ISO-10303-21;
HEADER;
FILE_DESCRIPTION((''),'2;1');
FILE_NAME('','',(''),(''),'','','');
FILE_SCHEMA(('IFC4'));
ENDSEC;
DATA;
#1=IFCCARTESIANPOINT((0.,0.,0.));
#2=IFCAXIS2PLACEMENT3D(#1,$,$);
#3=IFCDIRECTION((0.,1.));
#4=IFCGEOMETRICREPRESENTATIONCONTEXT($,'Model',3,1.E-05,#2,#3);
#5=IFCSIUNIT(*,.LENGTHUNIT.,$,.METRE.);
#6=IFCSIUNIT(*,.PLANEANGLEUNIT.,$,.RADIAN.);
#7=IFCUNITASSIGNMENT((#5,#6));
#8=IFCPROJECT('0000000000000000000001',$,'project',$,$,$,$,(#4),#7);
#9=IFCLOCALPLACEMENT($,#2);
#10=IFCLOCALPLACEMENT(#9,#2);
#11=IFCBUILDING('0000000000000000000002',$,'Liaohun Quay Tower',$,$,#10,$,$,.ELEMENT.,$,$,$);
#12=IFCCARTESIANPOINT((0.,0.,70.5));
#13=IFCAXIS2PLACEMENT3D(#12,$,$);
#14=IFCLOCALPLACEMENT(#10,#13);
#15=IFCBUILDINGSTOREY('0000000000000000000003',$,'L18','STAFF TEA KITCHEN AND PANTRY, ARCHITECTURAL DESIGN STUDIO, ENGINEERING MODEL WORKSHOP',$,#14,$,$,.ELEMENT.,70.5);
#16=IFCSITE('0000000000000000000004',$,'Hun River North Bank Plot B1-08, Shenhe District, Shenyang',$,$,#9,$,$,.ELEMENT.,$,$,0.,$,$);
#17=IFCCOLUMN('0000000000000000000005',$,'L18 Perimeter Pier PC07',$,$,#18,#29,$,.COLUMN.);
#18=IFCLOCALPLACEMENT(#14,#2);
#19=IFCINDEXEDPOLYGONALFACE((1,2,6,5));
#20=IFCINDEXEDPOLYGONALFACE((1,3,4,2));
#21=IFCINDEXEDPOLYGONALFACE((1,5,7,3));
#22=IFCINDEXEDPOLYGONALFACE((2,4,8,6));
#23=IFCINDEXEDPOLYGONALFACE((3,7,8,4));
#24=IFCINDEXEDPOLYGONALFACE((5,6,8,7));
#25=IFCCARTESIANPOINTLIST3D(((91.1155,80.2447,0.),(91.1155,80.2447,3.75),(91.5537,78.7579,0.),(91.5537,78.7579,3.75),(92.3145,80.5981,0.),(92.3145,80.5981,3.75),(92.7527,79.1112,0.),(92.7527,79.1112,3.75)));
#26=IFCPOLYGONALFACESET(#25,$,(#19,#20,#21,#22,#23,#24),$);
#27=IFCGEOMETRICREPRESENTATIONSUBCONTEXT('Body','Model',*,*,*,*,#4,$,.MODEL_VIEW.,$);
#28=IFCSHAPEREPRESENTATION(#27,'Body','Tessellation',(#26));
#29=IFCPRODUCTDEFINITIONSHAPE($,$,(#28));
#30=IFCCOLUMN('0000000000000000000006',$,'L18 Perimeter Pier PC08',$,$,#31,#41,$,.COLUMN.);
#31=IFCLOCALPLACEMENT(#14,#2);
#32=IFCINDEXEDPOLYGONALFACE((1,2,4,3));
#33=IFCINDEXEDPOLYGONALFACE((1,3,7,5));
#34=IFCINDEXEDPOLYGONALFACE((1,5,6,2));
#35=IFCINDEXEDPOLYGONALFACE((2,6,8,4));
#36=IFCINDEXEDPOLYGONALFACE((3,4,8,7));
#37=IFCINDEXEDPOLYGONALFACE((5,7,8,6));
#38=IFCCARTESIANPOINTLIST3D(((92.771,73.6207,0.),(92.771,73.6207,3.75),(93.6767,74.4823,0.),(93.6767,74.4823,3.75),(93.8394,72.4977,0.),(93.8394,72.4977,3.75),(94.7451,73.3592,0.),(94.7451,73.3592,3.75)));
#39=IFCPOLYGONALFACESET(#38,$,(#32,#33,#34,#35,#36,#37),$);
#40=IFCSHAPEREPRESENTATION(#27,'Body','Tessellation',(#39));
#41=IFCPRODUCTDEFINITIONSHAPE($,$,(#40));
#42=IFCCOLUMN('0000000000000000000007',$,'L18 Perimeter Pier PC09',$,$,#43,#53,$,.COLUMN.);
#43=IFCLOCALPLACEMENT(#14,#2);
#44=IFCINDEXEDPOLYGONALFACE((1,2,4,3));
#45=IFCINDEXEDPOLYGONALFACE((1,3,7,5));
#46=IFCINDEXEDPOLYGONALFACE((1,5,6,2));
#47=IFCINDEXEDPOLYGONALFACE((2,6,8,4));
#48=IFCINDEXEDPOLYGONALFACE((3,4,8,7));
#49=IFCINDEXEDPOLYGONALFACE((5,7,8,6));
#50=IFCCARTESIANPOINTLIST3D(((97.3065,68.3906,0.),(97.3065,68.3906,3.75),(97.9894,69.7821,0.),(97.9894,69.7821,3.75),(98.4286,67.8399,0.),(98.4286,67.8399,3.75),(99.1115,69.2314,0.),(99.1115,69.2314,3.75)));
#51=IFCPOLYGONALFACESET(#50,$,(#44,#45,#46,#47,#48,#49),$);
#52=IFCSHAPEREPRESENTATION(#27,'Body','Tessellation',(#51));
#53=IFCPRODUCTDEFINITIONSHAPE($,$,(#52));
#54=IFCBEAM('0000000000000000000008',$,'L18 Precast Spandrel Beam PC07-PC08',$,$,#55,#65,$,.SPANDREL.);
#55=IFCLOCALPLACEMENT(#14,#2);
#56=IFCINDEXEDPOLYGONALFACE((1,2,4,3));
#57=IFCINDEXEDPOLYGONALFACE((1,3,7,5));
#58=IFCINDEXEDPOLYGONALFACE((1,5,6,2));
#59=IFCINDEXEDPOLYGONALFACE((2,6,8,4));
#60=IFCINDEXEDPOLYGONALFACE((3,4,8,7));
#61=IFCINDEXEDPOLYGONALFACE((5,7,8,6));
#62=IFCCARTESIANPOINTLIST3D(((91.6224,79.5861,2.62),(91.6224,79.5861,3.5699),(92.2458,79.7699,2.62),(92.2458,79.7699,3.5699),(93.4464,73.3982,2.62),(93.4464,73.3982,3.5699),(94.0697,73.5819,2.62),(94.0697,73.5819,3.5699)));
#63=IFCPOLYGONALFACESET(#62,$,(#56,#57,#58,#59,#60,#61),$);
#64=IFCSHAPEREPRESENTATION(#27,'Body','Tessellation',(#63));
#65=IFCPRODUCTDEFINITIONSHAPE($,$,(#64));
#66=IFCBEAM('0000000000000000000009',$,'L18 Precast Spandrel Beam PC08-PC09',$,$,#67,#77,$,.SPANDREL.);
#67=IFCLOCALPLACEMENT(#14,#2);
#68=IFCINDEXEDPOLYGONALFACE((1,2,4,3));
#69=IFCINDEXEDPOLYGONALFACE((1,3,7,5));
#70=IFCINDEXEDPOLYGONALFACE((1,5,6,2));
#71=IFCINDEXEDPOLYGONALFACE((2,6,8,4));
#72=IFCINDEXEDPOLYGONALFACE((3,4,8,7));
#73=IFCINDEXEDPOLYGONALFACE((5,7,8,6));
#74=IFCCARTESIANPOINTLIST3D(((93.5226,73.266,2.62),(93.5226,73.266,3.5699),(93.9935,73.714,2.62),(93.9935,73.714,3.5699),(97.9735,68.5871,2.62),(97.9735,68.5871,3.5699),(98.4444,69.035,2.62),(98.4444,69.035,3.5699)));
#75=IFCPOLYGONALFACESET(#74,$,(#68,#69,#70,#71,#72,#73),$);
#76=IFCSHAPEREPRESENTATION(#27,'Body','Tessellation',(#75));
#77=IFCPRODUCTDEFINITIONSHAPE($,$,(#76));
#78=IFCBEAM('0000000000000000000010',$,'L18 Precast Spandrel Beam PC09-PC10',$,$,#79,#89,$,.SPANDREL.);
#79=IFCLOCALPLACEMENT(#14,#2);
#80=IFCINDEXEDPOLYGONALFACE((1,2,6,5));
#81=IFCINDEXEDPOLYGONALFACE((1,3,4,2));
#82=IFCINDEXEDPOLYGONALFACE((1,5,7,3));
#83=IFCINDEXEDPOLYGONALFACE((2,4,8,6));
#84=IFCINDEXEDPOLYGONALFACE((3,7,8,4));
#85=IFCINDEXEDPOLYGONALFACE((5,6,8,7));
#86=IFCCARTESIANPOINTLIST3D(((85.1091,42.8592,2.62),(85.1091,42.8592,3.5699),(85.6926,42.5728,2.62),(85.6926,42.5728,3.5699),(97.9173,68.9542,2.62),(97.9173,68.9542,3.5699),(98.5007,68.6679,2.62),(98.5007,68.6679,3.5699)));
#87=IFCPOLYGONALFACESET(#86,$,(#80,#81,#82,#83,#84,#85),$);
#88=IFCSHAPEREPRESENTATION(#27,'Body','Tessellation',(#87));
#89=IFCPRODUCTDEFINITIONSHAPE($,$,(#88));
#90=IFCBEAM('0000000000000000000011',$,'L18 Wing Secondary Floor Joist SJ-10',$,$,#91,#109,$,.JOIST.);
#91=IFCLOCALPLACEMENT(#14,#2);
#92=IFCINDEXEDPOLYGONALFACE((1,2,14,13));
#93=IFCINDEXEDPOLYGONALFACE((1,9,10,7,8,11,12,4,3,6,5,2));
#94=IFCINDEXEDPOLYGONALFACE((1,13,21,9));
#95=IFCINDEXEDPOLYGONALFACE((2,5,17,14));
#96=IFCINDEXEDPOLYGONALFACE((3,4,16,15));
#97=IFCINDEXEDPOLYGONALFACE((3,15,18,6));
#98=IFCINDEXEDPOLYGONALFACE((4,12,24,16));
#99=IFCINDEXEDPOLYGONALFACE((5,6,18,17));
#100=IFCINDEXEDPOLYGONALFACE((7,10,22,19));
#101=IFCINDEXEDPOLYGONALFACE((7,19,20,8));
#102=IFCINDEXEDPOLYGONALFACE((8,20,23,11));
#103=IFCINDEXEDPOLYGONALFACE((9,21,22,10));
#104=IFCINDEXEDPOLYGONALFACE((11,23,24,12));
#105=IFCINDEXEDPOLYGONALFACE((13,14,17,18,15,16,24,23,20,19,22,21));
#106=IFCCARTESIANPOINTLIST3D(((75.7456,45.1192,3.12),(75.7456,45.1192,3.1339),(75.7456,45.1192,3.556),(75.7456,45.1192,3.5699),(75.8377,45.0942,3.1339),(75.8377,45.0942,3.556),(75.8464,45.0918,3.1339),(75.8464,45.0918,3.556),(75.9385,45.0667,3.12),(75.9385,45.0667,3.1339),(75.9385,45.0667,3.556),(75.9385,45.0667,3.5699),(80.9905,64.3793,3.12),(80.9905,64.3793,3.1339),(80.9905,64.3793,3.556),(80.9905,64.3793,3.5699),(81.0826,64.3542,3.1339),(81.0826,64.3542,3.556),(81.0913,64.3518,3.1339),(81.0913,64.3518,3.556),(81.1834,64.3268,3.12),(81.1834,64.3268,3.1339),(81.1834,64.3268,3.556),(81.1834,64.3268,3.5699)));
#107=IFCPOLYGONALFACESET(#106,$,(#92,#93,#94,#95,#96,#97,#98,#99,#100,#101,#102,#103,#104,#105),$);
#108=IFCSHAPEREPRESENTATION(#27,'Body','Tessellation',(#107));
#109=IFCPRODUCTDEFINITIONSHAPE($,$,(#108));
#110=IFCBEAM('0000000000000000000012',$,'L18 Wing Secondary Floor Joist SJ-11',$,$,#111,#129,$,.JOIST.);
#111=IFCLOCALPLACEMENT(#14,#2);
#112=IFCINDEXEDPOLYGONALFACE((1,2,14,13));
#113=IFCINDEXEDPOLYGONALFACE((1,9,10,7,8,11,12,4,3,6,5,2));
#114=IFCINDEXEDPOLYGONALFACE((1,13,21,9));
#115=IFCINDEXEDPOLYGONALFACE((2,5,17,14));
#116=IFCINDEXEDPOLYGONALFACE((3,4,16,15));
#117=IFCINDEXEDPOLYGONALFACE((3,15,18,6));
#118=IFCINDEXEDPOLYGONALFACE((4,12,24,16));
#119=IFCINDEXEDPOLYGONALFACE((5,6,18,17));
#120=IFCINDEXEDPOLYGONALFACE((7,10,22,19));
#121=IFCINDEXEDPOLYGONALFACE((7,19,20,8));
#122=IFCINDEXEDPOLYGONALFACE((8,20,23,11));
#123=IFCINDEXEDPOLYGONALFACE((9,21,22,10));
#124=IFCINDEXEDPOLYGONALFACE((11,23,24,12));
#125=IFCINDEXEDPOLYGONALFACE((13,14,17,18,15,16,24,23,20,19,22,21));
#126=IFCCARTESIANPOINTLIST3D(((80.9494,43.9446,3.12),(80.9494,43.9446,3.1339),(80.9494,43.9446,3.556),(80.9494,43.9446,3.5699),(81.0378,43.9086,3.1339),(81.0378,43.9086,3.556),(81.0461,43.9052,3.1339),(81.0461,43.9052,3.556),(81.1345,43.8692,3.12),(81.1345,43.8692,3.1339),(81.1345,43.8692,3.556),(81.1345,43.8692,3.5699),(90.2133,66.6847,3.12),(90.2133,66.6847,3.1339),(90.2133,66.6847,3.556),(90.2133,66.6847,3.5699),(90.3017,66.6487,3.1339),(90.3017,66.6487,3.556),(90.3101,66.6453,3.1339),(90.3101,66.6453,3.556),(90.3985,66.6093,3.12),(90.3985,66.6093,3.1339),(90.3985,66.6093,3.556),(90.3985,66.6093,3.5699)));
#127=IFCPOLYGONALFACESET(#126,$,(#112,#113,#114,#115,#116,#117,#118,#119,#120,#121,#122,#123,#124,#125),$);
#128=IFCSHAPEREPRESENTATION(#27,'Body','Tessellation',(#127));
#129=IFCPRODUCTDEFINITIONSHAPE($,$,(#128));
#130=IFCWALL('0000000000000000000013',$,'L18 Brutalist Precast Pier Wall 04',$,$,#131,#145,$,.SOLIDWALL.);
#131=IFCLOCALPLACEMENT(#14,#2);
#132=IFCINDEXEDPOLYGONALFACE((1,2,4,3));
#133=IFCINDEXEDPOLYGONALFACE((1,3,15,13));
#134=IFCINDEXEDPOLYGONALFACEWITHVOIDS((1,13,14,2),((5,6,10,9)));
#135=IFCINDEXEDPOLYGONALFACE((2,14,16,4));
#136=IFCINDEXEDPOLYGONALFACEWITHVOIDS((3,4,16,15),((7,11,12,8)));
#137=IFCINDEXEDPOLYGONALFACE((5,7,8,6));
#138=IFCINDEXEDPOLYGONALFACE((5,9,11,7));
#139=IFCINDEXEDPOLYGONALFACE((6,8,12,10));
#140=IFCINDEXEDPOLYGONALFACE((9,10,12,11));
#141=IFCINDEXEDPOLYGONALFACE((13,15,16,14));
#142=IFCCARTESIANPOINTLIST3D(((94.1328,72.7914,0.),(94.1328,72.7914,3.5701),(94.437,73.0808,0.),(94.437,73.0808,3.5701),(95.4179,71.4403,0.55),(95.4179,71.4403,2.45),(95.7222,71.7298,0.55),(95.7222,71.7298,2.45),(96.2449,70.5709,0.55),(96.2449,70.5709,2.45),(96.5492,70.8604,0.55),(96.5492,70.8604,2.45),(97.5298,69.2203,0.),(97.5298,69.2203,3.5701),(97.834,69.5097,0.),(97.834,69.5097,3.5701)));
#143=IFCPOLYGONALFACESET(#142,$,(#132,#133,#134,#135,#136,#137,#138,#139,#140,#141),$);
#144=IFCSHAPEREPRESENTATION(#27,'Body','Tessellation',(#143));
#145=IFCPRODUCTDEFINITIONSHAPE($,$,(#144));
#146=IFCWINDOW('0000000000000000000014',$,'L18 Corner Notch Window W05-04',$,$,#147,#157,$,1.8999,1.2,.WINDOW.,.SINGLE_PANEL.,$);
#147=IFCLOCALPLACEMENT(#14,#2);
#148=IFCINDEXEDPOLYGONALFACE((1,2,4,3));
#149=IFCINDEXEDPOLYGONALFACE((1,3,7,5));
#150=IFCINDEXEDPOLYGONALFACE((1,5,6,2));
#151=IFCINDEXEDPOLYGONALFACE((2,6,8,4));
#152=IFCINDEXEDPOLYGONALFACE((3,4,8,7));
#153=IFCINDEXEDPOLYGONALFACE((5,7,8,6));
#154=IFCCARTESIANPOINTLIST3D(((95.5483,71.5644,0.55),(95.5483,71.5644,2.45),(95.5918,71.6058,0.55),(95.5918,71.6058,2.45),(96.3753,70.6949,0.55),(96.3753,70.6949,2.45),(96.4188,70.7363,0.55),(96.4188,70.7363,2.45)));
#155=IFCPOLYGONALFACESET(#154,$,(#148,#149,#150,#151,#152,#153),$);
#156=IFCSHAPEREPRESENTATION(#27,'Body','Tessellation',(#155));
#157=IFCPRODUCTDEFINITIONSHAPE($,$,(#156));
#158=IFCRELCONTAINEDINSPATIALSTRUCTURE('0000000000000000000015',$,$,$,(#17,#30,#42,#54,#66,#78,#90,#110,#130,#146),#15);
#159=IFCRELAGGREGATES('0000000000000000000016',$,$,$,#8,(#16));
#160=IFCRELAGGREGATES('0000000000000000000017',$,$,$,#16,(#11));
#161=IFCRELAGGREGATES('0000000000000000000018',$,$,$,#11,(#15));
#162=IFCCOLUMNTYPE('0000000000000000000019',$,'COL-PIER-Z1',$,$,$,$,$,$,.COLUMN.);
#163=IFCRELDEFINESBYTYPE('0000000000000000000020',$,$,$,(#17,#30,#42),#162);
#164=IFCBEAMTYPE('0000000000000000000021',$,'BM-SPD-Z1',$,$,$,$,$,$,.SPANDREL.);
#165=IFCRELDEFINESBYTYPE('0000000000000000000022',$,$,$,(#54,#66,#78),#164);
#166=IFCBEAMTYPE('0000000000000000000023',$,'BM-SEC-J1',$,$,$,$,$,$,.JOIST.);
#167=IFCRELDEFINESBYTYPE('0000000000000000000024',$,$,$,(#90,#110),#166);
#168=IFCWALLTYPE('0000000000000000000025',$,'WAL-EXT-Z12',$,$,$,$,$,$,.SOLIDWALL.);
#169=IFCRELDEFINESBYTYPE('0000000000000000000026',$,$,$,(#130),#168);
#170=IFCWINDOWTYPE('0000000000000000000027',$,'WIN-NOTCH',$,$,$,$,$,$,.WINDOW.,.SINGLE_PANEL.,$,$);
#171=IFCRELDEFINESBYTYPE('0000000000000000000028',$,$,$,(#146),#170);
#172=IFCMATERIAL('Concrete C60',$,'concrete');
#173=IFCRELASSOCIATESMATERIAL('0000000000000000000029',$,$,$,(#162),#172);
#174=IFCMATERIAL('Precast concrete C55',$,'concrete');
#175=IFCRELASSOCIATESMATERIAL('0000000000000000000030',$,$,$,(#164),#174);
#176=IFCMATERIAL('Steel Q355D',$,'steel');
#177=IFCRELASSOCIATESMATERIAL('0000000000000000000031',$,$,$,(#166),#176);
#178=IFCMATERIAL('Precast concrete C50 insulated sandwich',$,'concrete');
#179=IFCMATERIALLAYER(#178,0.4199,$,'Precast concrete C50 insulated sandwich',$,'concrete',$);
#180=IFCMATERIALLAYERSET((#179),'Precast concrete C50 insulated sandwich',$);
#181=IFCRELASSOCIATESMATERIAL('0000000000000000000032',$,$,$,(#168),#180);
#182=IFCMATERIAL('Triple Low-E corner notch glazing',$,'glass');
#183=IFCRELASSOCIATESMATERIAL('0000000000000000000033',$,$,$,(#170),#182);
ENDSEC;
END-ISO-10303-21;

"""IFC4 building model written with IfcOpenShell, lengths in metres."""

from ifc_helpers import new_model, si_unit, direction, frame, frame_2d, origin, origin_2d, place, context, subcontext, project, spatial, rectangle, i_section, extrude, source, transform, mapped, material, layer, layer_set, material_profile, profile_set, type_object, element, fill, save


model = new_model("IFC4")

# Units and contexts
model_context = context("Model", 3, precision=1e-05, world=origin(), true_north=direction((0.0, 1.0)))
body_context = subcontext(model_context, "Body", "Model", "MODEL_VIEW")
ifc_project = project(units=[si_unit("LENGTHUNIT", "METRE"), si_unit("PLANEANGLEUNIT", "RADIAN")], contexts=[model_context])

# Site, building, storey
site_placement = place(None, origin())
site = spatial("IfcSite", under=ifc_project, at=site_placement, Name="Hun River North Bank Plot B1-08, Shenhe District, Shenyang", CompositionType="ELEMENT", RefElevation=0.0)
building_placement = place(site_placement, origin())
building = spatial("IfcBuilding", under=site, at=building_placement, Name="Liaohun Quay Tower", CompositionType="ELEMENT")
storey_placement = place(building_placement, frame((0.0, 0.0, 70.5)))
storey = spatial("IfcBuildingStorey", under=building, at=storey_placement, Name="L18", Description="STAFF TEA KITCHEN AND PANTRY, ARCHITECTURAL DESIGN STUDIO, ENGINEERING MODEL WORKSHOP", CompositionType="ELEMENT", Elevation=70.5)

# Columns
ifc_material_1 = material(Name="Concrete C60", Category="concrete")
ifc_material_profile_1 = material_profile(ifc_material_1, rectangle(XDim=1.55, YDim=1.25, at=origin_2d()), Name="RC1550x1250")
ifc_profile_set_1 = profile_set([ifc_material_profile_1], Name="Concrete C60")
column_type = type_object("IfcColumnType", Name="COL-PIER-Z1", PredefinedType="COLUMN", material=ifc_profile_set_1)
shared_shape_1 = source(origin(), body_context, "Body", "SweptSolid", [
    extrude(rectangle(XDim=1.55, YDim=1.25, at=origin_2d()), origin(), (0.0, 0.0, 1.0), 3.75),
])
for number, where, z_axis, x_axis, name in (
    (1, (91.9341, 79.678, 0.0), (0.0, 0.0, 1.0), (-0.282676, 0.959215, 0.0), "L18 Perimeter Pier PC07"),
    (2, (93.7581, 73.49, 0.0), (0.0, 0.0, 1.0), (-0.68924, 0.724533, 0.0), "L18 Perimeter Pier PC08"),
    (3, (98.209, 68.811, 0.0), (0.0, 0.0, 1.0), (0.440566, 0.89772, 0.0), "L18 Perimeter Pier PC09"),
):
    element("IfcColumn", number, at=place(storey_placement, frame(where, z_axis=z_axis, x_axis=x_axis)), inside=storey, type_object=column_type, Name=name, PredefinedType="COLUMN", context=body_context, shape_type="MappedRepresentation", body=[
        mapped(shared_shape_1, transform((0.0, 0.0, 0.0), x_axis=(1.0, 0.0, 0.0), y_axis=(0.0, 1.0, 0.0), z_axis=(0.0, 0.0, 1.0), scale=1.0)),
    ])

# Beams
ifc_material_2 = material(Name="Precast concrete C55", Category="concrete")
ifc_material_profile_2 = material_profile(ifc_material_2, rectangle(XDim=0.6499, YDim=0.95, at=origin_2d()), Name="RC650x950")
ifc_profile_set_2 = profile_set([ifc_material_profile_2], Name="Precast concrete C55")
beam_type_1 = type_object("IfcBeamType", Name="BM-SPD-Z1", PredefinedType="SPANDREL", material=ifc_profile_set_2)
shared_shape_2 = source(origin(), body_context, "Body", "SweptSolid", [
    extrude(rectangle(XDim=0.6499, YDim=0.95, at=origin_2d()), origin(), (0.0, 0.0, 1.0), 6.4512),
])
beam_1_placement = place(storey_placement, frame((91.9341, 79.678, 3.095), z_axis=(0.282734, -0.959198, 0.0), x_axis=(0.959198, 0.282734, 0.0)))
element("IfcBeam", 4, at=beam_1_placement, inside=storey, type_object=beam_type_1, Name="L18 Precast Spandrel Beam PC07-PC08", PredefinedType="SPANDREL", context=body_context, shape_type="MappedRepresentation", body=[
    mapped(shared_shape_2, transform((0.0, 0.0, 0.0), x_axis=(1.0, 0.0, 0.0), y_axis=(0.0, 1.0, 0.0), z_axis=(0.0, 0.0, 1.0), scale=1.0)),
])
shared_shape_3 = source(origin(), body_context, "Body", "SweptSolid", [
    extrude(rectangle(XDim=0.6499, YDim=0.95, at=origin_2d()), origin(), (0.0, 0.0, 1.0), 6.4578),
])
beam_2_placement = place(storey_placement, frame((93.7581, 73.49, 3.095), z_axis=(0.689231, -0.724541, 0.0), x_axis=(0.724541, 0.689231, 0.0)))
element("IfcBeam", 5, at=beam_2_placement, inside=storey, type_object=beam_type_1, Name="L18 Precast Spandrel Beam PC08-PC09", PredefinedType="SPANDREL", context=body_context, shape_type="MappedRepresentation", body=[
    mapped(shared_shape_3, transform((0.0, 0.0, 0.0), x_axis=(1.0, 0.0, 0.0), y_axis=(0.0, 1.0, 0.0), z_axis=(0.0, 0.0, 1.0), scale=1.0)),
])
shared_shape_4 = source(origin(), body_context, "Body", "SweptSolid", [
    extrude(rectangle(XDim=0.6499, YDim=0.95, at=origin_2d()), origin(), (0.0, 0.0, 1.0), 29.0688),
])
beam_3_placement = place(storey_placement, frame((98.209, 68.811, 3.095), z_axis=(-0.440614, -0.897697, 0.0), x_axis=(0.897697, -0.440614, 0.0)))
element("IfcBeam", 6, at=beam_3_placement, inside=storey, type_object=beam_type_1, Name="L18 Precast Spandrel Beam PC09-PC10", PredefinedType="SPANDREL", context=body_context, shape_type="MappedRepresentation", body=[
    mapped(shared_shape_4, transform((0.0, 0.0, 0.0), x_axis=(1.0, 0.0, 0.0), y_axis=(0.0, 1.0, 0.0), z_axis=(0.0, 0.0, 1.0), scale=1.0)),
])
ifc_material_3 = material(Name="Steel Q355D", Category="steel")
ifc_material_profile_3 = material_profile(ifc_material_3, i_section(OverallWidth=0.2, OverallDepth=0.45, WebThickness=0.009, FlangeThickness=0.0139, at=origin_2d()), Name="HN450x200x9x14")
ifc_profile_set_3 = profile_set([ifc_material_profile_3], Name="Steel Q355D")
beam_type_2 = type_object("IfcBeamType", Name="BM-SEC-J1", PredefinedType="JOIST", material=ifc_profile_set_3)
shared_shape_5 = source(origin(), body_context, "Body", "SweptSolid", [
    extrude(i_section(OverallWidth=0.2, OverallDepth=0.45, WebThickness=0.009, FlangeThickness=0.0139, at=origin_2d()), origin(), (0.0, 0.0, 1.0), 19.9614),
])
beam_4_placement = place(storey_placement, frame((81.0869, 64.353, 3.345), z_axis=(-0.262751, -0.964864, 0.0), x_axis=(0.964864, -0.262751, 0.0)))
element("IfcBeam", 7, at=beam_4_placement, inside=storey, type_object=beam_type_2, Name="L18 Wing Secondary Floor Joist SJ-10", PredefinedType="JOIST", context=body_context, shape_type="MappedRepresentation", body=[
    mapped(shared_shape_5, transform((0.0, 0.0, 0.0), x_axis=(1.0, 0.0, 0.0), y_axis=(0.0, 1.0, 0.0), z_axis=(0.0, 0.0, 1.0), scale=1.0)),
])
shared_shape_6 = source(origin(), body_context, "Body", "SweptSolid", [
    extrude(i_section(OverallWidth=0.2, OverallDepth=0.45, WebThickness=0.009, FlangeThickness=0.0139, at=origin_2d()), origin(), (0.0, 0.0, 1.0), 24.5547),
])
beam_5_placement = place(storey_placement, frame((90.3059, 66.647, 3.345), z_axis=(-0.377279, -0.9261, 0.0), x_axis=(0.9261, -0.377279, 0.0)))
element("IfcBeam", 8, at=beam_5_placement, inside=storey, type_object=beam_type_2, Name="L18 Wing Secondary Floor Joist SJ-11", PredefinedType="JOIST", context=body_context, shape_type="MappedRepresentation", body=[
    mapped(shared_shape_6, transform((0.0, 0.0, 0.0), x_axis=(1.0, 0.0, 0.0), y_axis=(0.0, 1.0, 0.0), z_axis=(0.0, 0.0, 1.0), scale=1.0)),
])

# Wall, opening, window
ifc_material_4 = material(Name="Precast concrete C50 insulated sandwich", Category="concrete")
ifc_layer_1 = layer(ifc_material_4, 0.4199, Name="Precast concrete C50 insulated sandwich", Category="concrete")
ifc_layer_set_1 = layer_set([ifc_layer_1], Name="Precast concrete C50 insulated sandwich")
wall_type_1 = type_object("IfcWallType", Name="WAL-EXT-Z12", PredefinedType="SOLIDWALL", material=ifc_layer_set_1)
wall_1_placement = place(storey_placement, frame((97.6819, 69.365, 0.0), z_axis=(0.0, 0.0, 1.0), x_axis=(-0.689227, 0.724545, 0.0)))
wall_1 = element("IfcWall", 9, at=wall_1_placement, inside=storey, type_object=wall_type_1, Name="L18 Brutalist Precast Pier Wall 04", PredefinedType="SOLIDWALL", context=body_context, shape_type="SweptSolid", body=[
    extrude(rectangle(XDim=4.9287, YDim=0.4199, at=frame_2d((2.4644, 0.0))), origin(), (0.0, 0.0, 1.0), 3.5701),
])
shared_shape_7 = source(origin(), body_context, "Body", "SweptSolid", [
    extrude(rectangle(XDim=1.2, YDim=1.8999, at=frame_2d((0.6001, 0.95))), frame((0.0, 0.22, 0.0), z_axis=(0.0, -1.0, 0.0), x_axis=(1.0, 0.0, 0.0)), (0.0, 0.0, 1.0), 0.4399),
])
opening_1_placement = place(wall_1_placement, frame((1.864, 0.0, 0.55)))
opening_1 = element("IfcOpeningElement", 10, at=opening_1_placement, cuts=wall_1, PredefinedType="OPENING", context=body_context, shape_type="MappedRepresentation", body=[
    mapped(shared_shape_7, transform((0.0, 0.0, 0.0), x_axis=(1.0, 0.0, 0.0), y_axis=(0.0, 1.0, 0.0), z_axis=(0.0, 0.0, 1.0), scale=1.0)),
])
ifc_material_5 = material(Name="Triple Low-E corner notch glazing", Category="glass")
window_type_1 = type_object("IfcWindowType", Name="WIN-NOTCH", PartitioningType="SINGLE_PANEL", PredefinedType="WINDOW", material=ifc_material_5)
shared_shape_8 = source(origin(), body_context, "Body", "SweptSolid", [
    extrude(rectangle(XDim=1.2, YDim=1.8999, at=frame_2d((0.6001, 0.95))), frame((0.0, 0.03, 0.0), z_axis=(0.0, -1.0, 0.0), x_axis=(1.0, 0.0, 0.0)), (0.0, 0.0, 1.0), 0.0601),
])
window_1_placement = place(opening_1_placement, origin())
window_1 = element("IfcWindow", 11, at=window_1_placement, inside=storey, type_object=window_type_1, Name="L18 Corner Notch Window W05-04", OverallHeight=1.8999, OverallWidth=1.2, PartitioningType="SINGLE_PANEL", PredefinedType="WINDOW", context=body_context, shape_type="MappedRepresentation", body=[
    mapped(shared_shape_8, transform((0.0, 0.0, 0.0), x_axis=(1.0, 0.0, 0.0), y_axis=(0.0, 1.0, 0.0), z_axis=(0.0, 0.0, 1.0), scale=1.0)),
])
fill(opening_1, window_1)

save(model, "model.ifc")
